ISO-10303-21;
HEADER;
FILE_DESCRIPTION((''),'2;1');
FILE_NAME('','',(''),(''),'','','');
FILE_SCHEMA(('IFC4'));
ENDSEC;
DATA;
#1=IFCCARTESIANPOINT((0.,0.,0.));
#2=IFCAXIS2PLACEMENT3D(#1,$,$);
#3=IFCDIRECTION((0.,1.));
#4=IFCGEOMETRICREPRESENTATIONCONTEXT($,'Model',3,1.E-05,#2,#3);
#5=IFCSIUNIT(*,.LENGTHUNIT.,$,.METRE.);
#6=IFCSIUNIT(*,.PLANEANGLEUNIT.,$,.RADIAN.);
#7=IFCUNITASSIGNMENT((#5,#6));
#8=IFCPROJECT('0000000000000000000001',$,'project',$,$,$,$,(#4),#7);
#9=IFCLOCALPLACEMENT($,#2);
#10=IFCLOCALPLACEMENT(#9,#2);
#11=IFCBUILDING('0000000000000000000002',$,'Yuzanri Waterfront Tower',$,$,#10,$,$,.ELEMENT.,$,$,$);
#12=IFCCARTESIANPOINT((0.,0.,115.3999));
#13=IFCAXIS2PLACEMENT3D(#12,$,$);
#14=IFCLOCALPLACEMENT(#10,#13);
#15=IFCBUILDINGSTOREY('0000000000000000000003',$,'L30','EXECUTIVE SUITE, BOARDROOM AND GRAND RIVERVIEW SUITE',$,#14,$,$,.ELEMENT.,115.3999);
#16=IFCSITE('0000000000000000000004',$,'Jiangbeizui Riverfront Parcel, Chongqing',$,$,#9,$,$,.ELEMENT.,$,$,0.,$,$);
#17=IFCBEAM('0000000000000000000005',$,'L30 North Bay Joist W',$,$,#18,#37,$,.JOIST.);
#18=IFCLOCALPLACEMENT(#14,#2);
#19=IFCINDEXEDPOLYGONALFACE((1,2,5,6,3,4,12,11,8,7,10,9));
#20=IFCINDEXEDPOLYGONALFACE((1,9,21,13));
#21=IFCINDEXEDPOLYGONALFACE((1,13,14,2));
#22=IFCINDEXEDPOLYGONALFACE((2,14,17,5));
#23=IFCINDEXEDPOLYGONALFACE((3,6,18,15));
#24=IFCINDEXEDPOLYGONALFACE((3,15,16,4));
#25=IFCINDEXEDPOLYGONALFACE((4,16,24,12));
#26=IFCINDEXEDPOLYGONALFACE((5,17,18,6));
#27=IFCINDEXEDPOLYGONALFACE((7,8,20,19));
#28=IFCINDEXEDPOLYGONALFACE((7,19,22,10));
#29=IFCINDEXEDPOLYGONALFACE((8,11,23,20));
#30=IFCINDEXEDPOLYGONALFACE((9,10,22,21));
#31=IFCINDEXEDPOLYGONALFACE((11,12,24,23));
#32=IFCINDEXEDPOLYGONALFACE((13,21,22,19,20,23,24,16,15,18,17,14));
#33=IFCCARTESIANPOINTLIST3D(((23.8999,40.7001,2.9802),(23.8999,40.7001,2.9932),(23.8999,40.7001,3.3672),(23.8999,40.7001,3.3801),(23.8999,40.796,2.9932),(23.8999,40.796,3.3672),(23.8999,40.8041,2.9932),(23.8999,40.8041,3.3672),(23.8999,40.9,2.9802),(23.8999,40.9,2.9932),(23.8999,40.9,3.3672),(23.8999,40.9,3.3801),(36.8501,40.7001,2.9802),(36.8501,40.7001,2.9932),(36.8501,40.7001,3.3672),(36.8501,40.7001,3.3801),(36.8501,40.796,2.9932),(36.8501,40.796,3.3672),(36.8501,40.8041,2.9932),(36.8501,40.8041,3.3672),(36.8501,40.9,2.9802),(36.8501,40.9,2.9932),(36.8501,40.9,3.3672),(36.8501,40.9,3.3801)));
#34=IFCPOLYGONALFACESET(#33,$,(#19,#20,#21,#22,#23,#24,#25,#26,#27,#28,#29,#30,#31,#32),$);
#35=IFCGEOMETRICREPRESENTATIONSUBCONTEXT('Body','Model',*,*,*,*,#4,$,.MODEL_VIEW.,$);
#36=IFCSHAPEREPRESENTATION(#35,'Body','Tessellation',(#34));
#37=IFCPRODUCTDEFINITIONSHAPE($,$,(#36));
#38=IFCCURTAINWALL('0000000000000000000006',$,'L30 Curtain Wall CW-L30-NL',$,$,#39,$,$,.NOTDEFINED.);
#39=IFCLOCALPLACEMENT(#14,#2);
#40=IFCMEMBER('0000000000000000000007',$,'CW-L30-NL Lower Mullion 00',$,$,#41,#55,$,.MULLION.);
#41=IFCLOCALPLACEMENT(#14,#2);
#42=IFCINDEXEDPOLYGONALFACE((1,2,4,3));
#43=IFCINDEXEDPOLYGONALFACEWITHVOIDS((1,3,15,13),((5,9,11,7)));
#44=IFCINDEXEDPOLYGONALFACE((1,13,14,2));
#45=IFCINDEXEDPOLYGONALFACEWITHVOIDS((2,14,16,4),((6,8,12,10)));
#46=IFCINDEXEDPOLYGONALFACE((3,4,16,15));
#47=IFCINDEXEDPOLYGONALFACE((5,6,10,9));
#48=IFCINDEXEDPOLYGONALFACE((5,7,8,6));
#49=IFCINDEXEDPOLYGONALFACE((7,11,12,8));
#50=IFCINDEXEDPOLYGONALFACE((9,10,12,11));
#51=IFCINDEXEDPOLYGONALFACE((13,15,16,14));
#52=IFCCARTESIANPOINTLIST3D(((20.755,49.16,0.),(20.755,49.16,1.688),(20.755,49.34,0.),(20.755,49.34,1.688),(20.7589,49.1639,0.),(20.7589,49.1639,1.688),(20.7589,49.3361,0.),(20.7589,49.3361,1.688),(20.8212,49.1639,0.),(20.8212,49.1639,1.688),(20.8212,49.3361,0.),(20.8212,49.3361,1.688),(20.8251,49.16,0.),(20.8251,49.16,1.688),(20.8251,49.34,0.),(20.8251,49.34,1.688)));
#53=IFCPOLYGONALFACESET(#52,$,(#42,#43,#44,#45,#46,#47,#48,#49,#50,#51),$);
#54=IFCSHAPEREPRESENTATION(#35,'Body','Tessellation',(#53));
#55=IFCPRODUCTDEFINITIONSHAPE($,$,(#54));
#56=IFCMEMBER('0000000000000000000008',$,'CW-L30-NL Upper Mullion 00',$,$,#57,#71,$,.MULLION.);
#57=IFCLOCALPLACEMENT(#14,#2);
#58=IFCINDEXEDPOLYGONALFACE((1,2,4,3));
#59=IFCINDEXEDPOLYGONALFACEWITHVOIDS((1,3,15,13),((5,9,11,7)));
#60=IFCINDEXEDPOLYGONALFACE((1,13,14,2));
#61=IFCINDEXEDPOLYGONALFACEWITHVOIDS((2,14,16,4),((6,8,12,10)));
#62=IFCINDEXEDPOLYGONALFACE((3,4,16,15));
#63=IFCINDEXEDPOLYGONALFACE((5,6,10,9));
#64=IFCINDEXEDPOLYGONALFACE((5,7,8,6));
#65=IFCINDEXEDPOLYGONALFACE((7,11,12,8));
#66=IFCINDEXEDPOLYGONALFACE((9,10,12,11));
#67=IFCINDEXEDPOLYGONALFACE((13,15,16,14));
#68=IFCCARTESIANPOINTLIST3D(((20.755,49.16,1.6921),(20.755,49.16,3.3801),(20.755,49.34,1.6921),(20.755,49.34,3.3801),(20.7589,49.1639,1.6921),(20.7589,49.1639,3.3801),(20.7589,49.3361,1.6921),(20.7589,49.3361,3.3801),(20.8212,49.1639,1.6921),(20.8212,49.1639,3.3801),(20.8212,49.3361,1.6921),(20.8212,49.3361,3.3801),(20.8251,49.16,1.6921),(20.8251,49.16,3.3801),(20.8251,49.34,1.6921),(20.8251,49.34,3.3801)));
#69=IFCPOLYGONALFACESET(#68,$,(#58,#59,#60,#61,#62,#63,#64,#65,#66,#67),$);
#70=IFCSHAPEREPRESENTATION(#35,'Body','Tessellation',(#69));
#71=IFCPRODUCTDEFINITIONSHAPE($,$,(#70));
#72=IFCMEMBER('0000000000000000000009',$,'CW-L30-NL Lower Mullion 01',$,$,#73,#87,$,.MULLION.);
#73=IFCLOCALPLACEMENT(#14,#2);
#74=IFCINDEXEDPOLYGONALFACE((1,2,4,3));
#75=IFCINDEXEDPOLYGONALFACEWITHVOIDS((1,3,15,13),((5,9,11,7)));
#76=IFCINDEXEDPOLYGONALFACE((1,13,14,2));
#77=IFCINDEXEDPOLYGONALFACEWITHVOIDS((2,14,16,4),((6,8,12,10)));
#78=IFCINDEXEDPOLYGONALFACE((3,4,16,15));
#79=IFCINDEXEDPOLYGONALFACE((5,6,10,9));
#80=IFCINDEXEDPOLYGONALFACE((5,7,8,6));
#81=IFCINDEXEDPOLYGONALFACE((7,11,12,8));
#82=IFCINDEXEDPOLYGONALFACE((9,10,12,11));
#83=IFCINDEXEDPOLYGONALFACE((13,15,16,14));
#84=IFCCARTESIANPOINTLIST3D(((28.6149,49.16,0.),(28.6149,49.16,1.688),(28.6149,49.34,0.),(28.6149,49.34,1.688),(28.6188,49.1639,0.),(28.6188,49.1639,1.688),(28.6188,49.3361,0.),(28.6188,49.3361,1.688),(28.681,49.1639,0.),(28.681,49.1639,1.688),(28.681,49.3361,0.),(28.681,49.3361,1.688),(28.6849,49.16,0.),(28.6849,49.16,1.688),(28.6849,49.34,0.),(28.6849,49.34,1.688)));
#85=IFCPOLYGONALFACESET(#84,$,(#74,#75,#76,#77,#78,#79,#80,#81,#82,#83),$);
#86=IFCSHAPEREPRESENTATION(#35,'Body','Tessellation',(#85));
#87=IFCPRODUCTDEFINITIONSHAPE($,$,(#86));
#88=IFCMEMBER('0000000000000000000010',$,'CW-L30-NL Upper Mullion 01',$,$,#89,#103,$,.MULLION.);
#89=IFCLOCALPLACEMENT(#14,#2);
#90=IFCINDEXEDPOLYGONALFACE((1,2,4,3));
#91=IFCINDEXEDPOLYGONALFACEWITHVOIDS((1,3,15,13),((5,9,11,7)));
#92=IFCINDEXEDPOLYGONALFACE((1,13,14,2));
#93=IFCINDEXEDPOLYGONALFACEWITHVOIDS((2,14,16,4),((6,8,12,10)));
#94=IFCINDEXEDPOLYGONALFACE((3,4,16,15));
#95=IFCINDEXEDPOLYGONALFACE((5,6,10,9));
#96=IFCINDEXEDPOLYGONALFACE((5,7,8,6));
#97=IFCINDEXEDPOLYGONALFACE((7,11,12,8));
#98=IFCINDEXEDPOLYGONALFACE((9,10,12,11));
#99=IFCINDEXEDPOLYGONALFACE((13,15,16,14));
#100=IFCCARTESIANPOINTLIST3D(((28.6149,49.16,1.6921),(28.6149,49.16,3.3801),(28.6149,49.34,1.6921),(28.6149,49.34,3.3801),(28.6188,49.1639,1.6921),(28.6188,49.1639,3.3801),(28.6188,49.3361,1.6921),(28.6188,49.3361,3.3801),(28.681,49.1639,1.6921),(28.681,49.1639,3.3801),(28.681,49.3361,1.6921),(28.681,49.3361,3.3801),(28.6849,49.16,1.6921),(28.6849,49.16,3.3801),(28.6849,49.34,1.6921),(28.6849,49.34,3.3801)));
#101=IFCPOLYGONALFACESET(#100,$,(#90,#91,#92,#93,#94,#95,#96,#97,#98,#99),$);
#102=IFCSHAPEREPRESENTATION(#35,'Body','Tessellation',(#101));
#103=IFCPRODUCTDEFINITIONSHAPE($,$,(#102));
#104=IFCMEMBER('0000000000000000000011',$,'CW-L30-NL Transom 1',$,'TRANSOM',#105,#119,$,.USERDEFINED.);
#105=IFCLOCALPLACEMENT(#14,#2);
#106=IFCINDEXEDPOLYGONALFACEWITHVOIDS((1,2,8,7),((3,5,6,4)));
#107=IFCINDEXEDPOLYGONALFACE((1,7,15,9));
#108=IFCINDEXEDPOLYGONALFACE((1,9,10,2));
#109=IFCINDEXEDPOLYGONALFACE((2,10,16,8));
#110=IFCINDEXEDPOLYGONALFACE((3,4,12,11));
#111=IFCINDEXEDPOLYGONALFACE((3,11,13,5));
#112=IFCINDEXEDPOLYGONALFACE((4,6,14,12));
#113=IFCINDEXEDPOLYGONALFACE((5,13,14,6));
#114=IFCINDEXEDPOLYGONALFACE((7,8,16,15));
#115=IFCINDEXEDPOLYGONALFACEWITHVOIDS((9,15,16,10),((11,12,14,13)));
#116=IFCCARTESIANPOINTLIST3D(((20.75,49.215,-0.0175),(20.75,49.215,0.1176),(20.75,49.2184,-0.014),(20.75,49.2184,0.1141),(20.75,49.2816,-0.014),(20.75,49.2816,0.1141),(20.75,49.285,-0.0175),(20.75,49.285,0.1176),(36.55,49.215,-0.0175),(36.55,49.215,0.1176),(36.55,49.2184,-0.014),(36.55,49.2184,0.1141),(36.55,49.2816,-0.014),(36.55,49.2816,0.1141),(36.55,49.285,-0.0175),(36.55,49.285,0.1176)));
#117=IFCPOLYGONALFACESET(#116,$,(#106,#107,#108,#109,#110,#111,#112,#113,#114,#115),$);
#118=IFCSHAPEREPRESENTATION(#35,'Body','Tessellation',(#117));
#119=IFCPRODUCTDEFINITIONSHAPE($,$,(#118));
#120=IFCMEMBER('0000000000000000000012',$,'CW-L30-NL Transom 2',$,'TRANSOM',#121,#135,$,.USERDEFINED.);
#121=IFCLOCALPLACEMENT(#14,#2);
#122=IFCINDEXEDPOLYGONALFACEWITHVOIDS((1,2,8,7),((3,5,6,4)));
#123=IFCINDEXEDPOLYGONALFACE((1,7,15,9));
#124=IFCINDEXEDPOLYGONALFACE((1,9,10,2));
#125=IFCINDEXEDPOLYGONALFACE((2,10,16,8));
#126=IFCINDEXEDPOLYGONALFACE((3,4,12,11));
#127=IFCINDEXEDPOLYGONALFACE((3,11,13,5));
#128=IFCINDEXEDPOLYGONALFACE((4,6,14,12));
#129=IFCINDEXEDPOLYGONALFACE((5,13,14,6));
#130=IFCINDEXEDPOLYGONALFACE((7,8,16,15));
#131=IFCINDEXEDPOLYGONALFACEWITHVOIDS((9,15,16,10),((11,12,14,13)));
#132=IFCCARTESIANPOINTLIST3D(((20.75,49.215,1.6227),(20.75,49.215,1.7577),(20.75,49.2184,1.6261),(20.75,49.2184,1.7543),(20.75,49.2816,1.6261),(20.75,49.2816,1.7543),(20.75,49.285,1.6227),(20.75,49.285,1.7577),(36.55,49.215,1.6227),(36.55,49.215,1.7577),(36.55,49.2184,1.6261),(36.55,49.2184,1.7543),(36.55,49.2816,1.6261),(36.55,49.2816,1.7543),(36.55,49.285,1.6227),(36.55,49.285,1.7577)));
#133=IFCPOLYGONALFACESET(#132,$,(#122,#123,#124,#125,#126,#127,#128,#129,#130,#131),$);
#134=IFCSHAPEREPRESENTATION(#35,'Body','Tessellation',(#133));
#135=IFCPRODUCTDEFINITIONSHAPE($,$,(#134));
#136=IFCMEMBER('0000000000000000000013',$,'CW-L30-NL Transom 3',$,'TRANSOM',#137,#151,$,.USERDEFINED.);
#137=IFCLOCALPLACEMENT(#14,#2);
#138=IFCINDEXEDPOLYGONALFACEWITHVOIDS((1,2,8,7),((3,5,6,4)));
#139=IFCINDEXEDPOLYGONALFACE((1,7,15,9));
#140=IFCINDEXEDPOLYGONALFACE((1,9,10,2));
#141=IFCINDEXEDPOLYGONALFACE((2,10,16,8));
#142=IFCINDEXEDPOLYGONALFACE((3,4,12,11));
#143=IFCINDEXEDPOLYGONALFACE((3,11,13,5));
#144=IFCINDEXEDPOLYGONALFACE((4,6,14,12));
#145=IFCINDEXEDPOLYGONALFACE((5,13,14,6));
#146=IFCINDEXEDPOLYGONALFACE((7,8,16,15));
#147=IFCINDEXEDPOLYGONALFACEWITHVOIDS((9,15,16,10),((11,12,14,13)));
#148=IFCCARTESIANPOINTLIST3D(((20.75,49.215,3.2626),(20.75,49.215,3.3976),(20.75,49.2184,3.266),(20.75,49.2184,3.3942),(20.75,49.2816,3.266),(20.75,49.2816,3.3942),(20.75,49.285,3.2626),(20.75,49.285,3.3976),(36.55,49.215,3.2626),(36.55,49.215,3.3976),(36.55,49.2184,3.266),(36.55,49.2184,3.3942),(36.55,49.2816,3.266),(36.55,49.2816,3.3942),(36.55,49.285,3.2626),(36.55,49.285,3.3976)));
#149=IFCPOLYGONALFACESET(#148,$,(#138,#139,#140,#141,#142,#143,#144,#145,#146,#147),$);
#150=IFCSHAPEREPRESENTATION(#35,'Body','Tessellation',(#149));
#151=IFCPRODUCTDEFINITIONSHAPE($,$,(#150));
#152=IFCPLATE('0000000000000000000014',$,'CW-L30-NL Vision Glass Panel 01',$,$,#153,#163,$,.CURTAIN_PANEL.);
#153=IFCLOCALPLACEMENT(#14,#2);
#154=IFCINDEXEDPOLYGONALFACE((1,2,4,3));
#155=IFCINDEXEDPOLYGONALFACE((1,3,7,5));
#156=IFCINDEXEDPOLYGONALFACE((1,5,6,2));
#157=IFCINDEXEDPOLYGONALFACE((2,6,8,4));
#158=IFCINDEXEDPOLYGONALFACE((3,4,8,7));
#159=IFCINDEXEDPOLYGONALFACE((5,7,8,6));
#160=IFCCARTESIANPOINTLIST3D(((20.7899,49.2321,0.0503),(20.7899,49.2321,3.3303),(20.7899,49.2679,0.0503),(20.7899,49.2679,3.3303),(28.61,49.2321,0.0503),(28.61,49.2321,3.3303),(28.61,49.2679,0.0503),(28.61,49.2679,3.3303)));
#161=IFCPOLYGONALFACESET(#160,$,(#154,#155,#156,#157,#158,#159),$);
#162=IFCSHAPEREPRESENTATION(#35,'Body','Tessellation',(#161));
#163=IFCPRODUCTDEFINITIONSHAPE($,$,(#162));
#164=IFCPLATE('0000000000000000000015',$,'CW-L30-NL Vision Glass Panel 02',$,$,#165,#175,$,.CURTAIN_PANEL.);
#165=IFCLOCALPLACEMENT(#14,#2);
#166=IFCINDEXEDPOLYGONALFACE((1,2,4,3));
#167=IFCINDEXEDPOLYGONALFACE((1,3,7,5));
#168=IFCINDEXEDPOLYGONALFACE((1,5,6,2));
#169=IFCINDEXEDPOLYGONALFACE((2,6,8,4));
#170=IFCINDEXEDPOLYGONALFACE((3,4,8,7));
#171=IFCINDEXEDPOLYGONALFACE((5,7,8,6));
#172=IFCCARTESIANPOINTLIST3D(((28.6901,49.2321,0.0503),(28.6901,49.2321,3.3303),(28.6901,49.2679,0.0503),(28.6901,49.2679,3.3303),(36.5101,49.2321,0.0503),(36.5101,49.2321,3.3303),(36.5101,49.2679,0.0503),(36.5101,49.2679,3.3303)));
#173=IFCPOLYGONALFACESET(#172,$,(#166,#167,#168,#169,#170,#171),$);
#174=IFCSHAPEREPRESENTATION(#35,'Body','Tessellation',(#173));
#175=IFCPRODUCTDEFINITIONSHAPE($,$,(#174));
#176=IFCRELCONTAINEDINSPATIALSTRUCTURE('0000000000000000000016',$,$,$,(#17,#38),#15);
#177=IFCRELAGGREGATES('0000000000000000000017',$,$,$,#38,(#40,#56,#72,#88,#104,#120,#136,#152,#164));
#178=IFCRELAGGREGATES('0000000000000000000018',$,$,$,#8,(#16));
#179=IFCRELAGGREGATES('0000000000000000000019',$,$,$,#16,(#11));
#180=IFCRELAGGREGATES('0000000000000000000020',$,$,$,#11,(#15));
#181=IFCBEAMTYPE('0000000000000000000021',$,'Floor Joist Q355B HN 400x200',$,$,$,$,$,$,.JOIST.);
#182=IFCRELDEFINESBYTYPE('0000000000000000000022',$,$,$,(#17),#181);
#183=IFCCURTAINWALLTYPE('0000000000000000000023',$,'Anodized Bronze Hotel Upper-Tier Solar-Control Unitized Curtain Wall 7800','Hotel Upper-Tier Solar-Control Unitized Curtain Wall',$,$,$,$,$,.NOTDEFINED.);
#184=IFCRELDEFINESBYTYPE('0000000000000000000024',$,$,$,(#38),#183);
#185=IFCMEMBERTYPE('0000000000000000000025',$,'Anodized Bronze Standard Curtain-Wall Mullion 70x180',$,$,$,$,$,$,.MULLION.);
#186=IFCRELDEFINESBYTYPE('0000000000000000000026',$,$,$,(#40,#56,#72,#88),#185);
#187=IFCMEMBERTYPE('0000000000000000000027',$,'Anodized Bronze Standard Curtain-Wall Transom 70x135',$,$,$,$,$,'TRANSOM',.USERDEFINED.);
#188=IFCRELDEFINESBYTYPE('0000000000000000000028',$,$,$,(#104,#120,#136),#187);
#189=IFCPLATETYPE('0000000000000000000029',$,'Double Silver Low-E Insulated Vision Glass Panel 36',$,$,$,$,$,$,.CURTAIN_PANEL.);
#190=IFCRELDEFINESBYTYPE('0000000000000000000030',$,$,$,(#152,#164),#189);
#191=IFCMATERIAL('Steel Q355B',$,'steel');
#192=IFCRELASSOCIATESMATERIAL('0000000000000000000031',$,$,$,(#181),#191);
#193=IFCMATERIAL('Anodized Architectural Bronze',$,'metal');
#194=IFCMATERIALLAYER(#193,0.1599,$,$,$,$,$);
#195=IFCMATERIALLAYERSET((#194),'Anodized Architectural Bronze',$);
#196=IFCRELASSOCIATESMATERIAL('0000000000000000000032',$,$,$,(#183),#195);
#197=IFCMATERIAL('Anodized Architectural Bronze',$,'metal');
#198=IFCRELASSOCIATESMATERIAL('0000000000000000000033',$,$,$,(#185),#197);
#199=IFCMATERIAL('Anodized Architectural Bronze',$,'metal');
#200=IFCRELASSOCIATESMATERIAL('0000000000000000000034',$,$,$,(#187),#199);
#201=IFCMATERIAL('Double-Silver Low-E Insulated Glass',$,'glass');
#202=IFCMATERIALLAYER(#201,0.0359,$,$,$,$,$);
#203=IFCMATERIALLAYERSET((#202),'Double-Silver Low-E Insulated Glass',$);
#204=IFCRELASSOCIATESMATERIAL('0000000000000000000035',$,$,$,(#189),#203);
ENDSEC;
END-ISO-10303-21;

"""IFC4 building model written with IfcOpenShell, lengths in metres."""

from ifc_helpers import new_model, si_unit, direction, frame, origin, origin_2d, place, context, subcontext, project, spatial, rectangle, hollow_rectangle, i_section, extrude, source, transform, mapped, material, layer, layer_set, material_profile, profile_set, type_object, element, aggregate, save


model = new_model("IFC4")

# Units and contexts
model_context = context("Model", 3, precision=1e-05, world=origin(), true_north=direction((0.0, 1.0)))
body_context = subcontext(model_context, "Body", "Model", "MODEL_VIEW")
ifc_project = project(units=[si_unit("LENGTHUNIT", "METRE"), si_unit("PLANEANGLEUNIT", "RADIAN")], contexts=[model_context])

# Site, building, storey
site_placement = place(None, origin())
site = spatial("IfcSite", under=ifc_project, at=site_placement, Name="Jiangbeizui Riverfront Parcel, Chongqing", CompositionType="ELEMENT", RefElevation=0.0)
building_placement = place(site_placement, origin())
building = spatial("IfcBuilding", under=site, at=building_placement, Name="Yuzanri Waterfront Tower", CompositionType="ELEMENT")
storey_placement = place(building_placement, frame((0.0, 0.0, 115.3999)))
storey = spatial("IfcBuildingStorey", under=building, at=storey_placement, Name="L30", Description="EXECUTIVE SUITE, BOARDROOM AND GRAND RIVERVIEW SUITE", CompositionType="ELEMENT", Elevation=115.3999)

# Beam
ifc_material_1 = material(Name="Steel Q355B", Category="steel")
ifc_material_profile_1 = material_profile(ifc_material_1, i_section(OverallWidth=0.2, OverallDepth=0.3999, WebThickness=0.0081, FlangeThickness=0.0129, at=origin_2d()), Name="HN 400x200x8x13")
ifc_profile_set_1 = profile_set([ifc_material_profile_1], Name="Steel Q355B")
beam_type = type_object("IfcBeamType", Name="Floor Joist Q355B HN 400x200", PredefinedType="JOIST", material=ifc_profile_set_1)
shared_shape_1 = source(origin(), body_context, "Body", "SweptSolid", [
    extrude(i_section(OverallWidth=0.2, OverallDepth=0.3999, WebThickness=0.0081, FlangeThickness=0.0129, at=origin_2d()), origin(), (0.0, 0.0, 1.0), 12.9502),
])
beam_placement = place(storey_placement, frame((23.8999, 40.8, 3.1802), z_axis=(1.0, 0.0, 0.0), x_axis=(0.0, 1.0, 0.0)))
element("IfcBeam", 1, at=beam_placement, inside=storey, type_object=beam_type, Name="L30 North Bay Joist W", PredefinedType="JOIST", context=body_context, shape_type="MappedRepresentation", body=[
    mapped(shared_shape_1, transform((0.0, 0.0, 0.0), scale=1.0)),
])

# Curtain wall, members, plates
ifc_material_2 = material(Name="Anodized Architectural Bronze", Category="metal")
ifc_layer_1 = layer(ifc_material_2, 0.1599)
ifc_layer_set_1 = layer_set([ifc_layer_1], Name="Anodized Architectural Bronze")
curtain_wall_type = type_object("IfcCurtainWallType", Name="Anodized Bronze Hotel Upper-Tier Solar-Control Unitized Curtain Wall 7800", Description="Hotel Upper-Tier Solar-Control Unitized Curtain Wall", PredefinedType="NOTDEFINED", material=ifc_layer_set_1)
curtain_wall_placement = place(storey_placement, origin())
curtain_wall = element("IfcCurtainWall", 2, at=curtain_wall_placement, inside=storey, type_object=curtain_wall_type, Name="L30 Curtain Wall CW-L30-NL", PredefinedType="NOTDEFINED")
ifc_material_3 = material(Name="Anodized Architectural Bronze", Category="metal")
ifc_material_profile_2 = material_profile(ifc_material_3, hollow_rectangle(XDim=0.0701, YDim=0.1799, WallThickness=0.0039, at=origin_2d()), Name="CWM 70x180")
ifc_profile_set_2 = profile_set([ifc_material_profile_2], Name="Anodized Architectural Bronze")
member_type_1 = type_object("IfcMemberType", Name="Anodized Bronze Standard Curtain-Wall Mullion 70x180", PredefinedType="MULLION", material=ifc_profile_set_2)
shared_shape_2 = source(origin(), body_context, "Body", "SweptSolid", [
    extrude(hollow_rectangle(XDim=0.0701, YDim=0.1799, WallThickness=0.0039, at=origin_2d()), origin(), (0.0, 0.0, 1.0), 1.688),
])
member_1_placement = place(storey_placement, frame((20.79, 49.25, 0.0), z_axis=(0.0, 0.0, 1.0), x_axis=(1.0, 0.0, 0.0)))
member_1 = element("IfcMember", 3, at=member_1_placement, type_object=member_type_1, Name="CW-L30-NL Lower Mullion 00", PredefinedType="MULLION", context=body_context, shape_type="MappedRepresentation", body=[
    mapped(shared_shape_2, transform((0.0, 0.0, 0.0), scale=1.0)),
])
member_2_placement = place(storey_placement, frame((20.79, 49.25, 1.6921), z_axis=(0.0, 0.0, 1.0), x_axis=(1.0, 0.0, 0.0)))
member_2 = element("IfcMember", 4, at=member_2_placement, type_object=member_type_1, Name="CW-L30-NL Upper Mullion 00", PredefinedType="MULLION", context=body_context, shape_type="MappedRepresentation", body=[
    mapped(shared_shape_2, transform((0.0, 0.0, 0.0), scale=1.0)),
])
member_3_placement = place(storey_placement, frame((28.6499, 49.25, 0.0), z_axis=(0.0, 0.0, 1.0), x_axis=(1.0, 0.0, 0.0)))
member_3 = element("IfcMember", 5, at=member_3_placement, type_object=member_type_1, Name="CW-L30-NL Lower Mullion 01", PredefinedType="MULLION", context=body_context, shape_type="MappedRepresentation", body=[
    mapped(shared_shape_2, transform((0.0, 0.0, 0.0), scale=1.0)),
])
member_4_placement = place(storey_placement, frame((28.6499, 49.25, 1.6921), z_axis=(0.0, 0.0, 1.0), x_axis=(1.0, 0.0, 0.0)))
member_4 = element("IfcMember", 6, at=member_4_placement, type_object=member_type_1, Name="CW-L30-NL Upper Mullion 01", PredefinedType="MULLION", context=body_context, shape_type="MappedRepresentation", body=[
    mapped(shared_shape_2, transform((0.0, 0.0, 0.0), scale=1.0)),
])
ifc_material_4 = material(Name="Anodized Architectural Bronze", Category="metal")
ifc_material_profile_3 = material_profile(ifc_material_4, hollow_rectangle(XDim=0.0701, YDim=0.135, WallThickness=0.0034, at=origin_2d()), Name="CWT 70x135")
ifc_profile_set_3 = profile_set([ifc_material_profile_3], Name="Anodized Architectural Bronze")
member_type_2 = type_object("IfcMemberType", Name="Anodized Bronze Standard Curtain-Wall Transom 70x135", ElementType="TRANSOM", PredefinedType="USERDEFINED", material=ifc_profile_set_3)
shared_shape_3 = source(origin(), body_context, "Body", "SweptSolid", [
    extrude(hollow_rectangle(XDim=0.0701, YDim=0.135, WallThickness=0.0034, at=origin_2d()), origin(), (0.0, 0.0, 1.0), 15.8),
])
member_5_placement = place(storey_placement, frame((20.75, 49.25, 0.05), z_axis=(1.0, 0.0, 0.0), x_axis=(0.0, 1.0, 0.0)))
member_5 = element("IfcMember", 7, at=member_5_placement, type_object=member_type_2, Name="CW-L30-NL Transom 1", ObjectType="TRANSOM", PredefinedType="USERDEFINED", context=body_context, shape_type="MappedRepresentation", body=[
    mapped(shared_shape_3, transform((0.0, 0.0, 0.0), scale=1.0)),
])
member_6_placement = place(storey_placement, frame((20.75, 49.25, 1.6902), z_axis=(1.0, 0.0, 0.0), x_axis=(0.0, 1.0, 0.0)))
member_6 = element("IfcMember", 8, at=member_6_placement, type_object=member_type_2, Name="CW-L30-NL Transom 2", ObjectType="TRANSOM", PredefinedType="USERDEFINED", context=body_context, shape_type="MappedRepresentation", body=[
    mapped(shared_shape_3, transform((0.0, 0.0, 0.0), scale=1.0)),
])
member_7_placement = place(storey_placement, frame((20.75, 49.25, 3.3301), z_axis=(1.0, 0.0, 0.0), x_axis=(0.0, 1.0, 0.0)))
member_7 = element("IfcMember", 9, at=member_7_placement, type_object=member_type_2, Name="CW-L30-NL Transom 3", ObjectType="TRANSOM", PredefinedType="USERDEFINED", context=body_context, shape_type="MappedRepresentation", body=[
    mapped(shared_shape_3, transform((0.0, 0.0, 0.0), scale=1.0)),
])
ifc_material_5 = material(Name="Double-Silver Low-E Insulated Glass", Category="glass")
ifc_layer_2 = layer(ifc_material_5, 0.0359)
ifc_layer_set_2 = layer_set([ifc_layer_2], Name="Double-Silver Low-E Insulated Glass")
plate_type = type_object("IfcPlateType", Name="Double Silver Low-E Insulated Vision Glass Panel 36", PredefinedType="CURTAIN_PANEL", material=ifc_layer_set_2)
shared_shape_4 = source(origin(), body_context, "Body", "SweptSolid", [
    extrude(rectangle(XDim=7.8201, YDim=0.0359, at=origin_2d()), origin(), (0.0, 0.0, 1.0), 3.28),
])
plate_1_placement = place(storey_placement, frame((24.7, 49.25, 0.0503), z_axis=(0.0, 0.0, 1.0), x_axis=(1.0, 0.0, 0.0)))
plate_1 = element("IfcPlate", 10, at=plate_1_placement, type_object=plate_type, Name="CW-L30-NL Vision Glass Panel 01", PredefinedType="CURTAIN_PANEL", context=body_context, shape_type="MappedRepresentation", body=[
    mapped(shared_shape_4, transform((0.0, 0.0, 0.0), scale=1.0)),
])
plate_2_placement = place(storey_placement, frame((32.6001, 49.25, 0.0503), z_axis=(0.0, 0.0, 1.0), x_axis=(1.0, 0.0, 0.0)))
plate_2 = element("IfcPlate", 11, at=plate_2_placement, type_object=plate_type, Name="CW-L30-NL Vision Glass Panel 02", PredefinedType="CURTAIN_PANEL", context=body_context, shape_type="MappedRepresentation", body=[
    mapped(shared_shape_4, transform((0.0, 0.0, 0.0), scale=1.0)),
])
aggregate(curtain_wall, [member_1, member_2, member_3, member_4, member_5, member_6, member_7, plate_1, plate_2])

save(model, "model.ifc")
